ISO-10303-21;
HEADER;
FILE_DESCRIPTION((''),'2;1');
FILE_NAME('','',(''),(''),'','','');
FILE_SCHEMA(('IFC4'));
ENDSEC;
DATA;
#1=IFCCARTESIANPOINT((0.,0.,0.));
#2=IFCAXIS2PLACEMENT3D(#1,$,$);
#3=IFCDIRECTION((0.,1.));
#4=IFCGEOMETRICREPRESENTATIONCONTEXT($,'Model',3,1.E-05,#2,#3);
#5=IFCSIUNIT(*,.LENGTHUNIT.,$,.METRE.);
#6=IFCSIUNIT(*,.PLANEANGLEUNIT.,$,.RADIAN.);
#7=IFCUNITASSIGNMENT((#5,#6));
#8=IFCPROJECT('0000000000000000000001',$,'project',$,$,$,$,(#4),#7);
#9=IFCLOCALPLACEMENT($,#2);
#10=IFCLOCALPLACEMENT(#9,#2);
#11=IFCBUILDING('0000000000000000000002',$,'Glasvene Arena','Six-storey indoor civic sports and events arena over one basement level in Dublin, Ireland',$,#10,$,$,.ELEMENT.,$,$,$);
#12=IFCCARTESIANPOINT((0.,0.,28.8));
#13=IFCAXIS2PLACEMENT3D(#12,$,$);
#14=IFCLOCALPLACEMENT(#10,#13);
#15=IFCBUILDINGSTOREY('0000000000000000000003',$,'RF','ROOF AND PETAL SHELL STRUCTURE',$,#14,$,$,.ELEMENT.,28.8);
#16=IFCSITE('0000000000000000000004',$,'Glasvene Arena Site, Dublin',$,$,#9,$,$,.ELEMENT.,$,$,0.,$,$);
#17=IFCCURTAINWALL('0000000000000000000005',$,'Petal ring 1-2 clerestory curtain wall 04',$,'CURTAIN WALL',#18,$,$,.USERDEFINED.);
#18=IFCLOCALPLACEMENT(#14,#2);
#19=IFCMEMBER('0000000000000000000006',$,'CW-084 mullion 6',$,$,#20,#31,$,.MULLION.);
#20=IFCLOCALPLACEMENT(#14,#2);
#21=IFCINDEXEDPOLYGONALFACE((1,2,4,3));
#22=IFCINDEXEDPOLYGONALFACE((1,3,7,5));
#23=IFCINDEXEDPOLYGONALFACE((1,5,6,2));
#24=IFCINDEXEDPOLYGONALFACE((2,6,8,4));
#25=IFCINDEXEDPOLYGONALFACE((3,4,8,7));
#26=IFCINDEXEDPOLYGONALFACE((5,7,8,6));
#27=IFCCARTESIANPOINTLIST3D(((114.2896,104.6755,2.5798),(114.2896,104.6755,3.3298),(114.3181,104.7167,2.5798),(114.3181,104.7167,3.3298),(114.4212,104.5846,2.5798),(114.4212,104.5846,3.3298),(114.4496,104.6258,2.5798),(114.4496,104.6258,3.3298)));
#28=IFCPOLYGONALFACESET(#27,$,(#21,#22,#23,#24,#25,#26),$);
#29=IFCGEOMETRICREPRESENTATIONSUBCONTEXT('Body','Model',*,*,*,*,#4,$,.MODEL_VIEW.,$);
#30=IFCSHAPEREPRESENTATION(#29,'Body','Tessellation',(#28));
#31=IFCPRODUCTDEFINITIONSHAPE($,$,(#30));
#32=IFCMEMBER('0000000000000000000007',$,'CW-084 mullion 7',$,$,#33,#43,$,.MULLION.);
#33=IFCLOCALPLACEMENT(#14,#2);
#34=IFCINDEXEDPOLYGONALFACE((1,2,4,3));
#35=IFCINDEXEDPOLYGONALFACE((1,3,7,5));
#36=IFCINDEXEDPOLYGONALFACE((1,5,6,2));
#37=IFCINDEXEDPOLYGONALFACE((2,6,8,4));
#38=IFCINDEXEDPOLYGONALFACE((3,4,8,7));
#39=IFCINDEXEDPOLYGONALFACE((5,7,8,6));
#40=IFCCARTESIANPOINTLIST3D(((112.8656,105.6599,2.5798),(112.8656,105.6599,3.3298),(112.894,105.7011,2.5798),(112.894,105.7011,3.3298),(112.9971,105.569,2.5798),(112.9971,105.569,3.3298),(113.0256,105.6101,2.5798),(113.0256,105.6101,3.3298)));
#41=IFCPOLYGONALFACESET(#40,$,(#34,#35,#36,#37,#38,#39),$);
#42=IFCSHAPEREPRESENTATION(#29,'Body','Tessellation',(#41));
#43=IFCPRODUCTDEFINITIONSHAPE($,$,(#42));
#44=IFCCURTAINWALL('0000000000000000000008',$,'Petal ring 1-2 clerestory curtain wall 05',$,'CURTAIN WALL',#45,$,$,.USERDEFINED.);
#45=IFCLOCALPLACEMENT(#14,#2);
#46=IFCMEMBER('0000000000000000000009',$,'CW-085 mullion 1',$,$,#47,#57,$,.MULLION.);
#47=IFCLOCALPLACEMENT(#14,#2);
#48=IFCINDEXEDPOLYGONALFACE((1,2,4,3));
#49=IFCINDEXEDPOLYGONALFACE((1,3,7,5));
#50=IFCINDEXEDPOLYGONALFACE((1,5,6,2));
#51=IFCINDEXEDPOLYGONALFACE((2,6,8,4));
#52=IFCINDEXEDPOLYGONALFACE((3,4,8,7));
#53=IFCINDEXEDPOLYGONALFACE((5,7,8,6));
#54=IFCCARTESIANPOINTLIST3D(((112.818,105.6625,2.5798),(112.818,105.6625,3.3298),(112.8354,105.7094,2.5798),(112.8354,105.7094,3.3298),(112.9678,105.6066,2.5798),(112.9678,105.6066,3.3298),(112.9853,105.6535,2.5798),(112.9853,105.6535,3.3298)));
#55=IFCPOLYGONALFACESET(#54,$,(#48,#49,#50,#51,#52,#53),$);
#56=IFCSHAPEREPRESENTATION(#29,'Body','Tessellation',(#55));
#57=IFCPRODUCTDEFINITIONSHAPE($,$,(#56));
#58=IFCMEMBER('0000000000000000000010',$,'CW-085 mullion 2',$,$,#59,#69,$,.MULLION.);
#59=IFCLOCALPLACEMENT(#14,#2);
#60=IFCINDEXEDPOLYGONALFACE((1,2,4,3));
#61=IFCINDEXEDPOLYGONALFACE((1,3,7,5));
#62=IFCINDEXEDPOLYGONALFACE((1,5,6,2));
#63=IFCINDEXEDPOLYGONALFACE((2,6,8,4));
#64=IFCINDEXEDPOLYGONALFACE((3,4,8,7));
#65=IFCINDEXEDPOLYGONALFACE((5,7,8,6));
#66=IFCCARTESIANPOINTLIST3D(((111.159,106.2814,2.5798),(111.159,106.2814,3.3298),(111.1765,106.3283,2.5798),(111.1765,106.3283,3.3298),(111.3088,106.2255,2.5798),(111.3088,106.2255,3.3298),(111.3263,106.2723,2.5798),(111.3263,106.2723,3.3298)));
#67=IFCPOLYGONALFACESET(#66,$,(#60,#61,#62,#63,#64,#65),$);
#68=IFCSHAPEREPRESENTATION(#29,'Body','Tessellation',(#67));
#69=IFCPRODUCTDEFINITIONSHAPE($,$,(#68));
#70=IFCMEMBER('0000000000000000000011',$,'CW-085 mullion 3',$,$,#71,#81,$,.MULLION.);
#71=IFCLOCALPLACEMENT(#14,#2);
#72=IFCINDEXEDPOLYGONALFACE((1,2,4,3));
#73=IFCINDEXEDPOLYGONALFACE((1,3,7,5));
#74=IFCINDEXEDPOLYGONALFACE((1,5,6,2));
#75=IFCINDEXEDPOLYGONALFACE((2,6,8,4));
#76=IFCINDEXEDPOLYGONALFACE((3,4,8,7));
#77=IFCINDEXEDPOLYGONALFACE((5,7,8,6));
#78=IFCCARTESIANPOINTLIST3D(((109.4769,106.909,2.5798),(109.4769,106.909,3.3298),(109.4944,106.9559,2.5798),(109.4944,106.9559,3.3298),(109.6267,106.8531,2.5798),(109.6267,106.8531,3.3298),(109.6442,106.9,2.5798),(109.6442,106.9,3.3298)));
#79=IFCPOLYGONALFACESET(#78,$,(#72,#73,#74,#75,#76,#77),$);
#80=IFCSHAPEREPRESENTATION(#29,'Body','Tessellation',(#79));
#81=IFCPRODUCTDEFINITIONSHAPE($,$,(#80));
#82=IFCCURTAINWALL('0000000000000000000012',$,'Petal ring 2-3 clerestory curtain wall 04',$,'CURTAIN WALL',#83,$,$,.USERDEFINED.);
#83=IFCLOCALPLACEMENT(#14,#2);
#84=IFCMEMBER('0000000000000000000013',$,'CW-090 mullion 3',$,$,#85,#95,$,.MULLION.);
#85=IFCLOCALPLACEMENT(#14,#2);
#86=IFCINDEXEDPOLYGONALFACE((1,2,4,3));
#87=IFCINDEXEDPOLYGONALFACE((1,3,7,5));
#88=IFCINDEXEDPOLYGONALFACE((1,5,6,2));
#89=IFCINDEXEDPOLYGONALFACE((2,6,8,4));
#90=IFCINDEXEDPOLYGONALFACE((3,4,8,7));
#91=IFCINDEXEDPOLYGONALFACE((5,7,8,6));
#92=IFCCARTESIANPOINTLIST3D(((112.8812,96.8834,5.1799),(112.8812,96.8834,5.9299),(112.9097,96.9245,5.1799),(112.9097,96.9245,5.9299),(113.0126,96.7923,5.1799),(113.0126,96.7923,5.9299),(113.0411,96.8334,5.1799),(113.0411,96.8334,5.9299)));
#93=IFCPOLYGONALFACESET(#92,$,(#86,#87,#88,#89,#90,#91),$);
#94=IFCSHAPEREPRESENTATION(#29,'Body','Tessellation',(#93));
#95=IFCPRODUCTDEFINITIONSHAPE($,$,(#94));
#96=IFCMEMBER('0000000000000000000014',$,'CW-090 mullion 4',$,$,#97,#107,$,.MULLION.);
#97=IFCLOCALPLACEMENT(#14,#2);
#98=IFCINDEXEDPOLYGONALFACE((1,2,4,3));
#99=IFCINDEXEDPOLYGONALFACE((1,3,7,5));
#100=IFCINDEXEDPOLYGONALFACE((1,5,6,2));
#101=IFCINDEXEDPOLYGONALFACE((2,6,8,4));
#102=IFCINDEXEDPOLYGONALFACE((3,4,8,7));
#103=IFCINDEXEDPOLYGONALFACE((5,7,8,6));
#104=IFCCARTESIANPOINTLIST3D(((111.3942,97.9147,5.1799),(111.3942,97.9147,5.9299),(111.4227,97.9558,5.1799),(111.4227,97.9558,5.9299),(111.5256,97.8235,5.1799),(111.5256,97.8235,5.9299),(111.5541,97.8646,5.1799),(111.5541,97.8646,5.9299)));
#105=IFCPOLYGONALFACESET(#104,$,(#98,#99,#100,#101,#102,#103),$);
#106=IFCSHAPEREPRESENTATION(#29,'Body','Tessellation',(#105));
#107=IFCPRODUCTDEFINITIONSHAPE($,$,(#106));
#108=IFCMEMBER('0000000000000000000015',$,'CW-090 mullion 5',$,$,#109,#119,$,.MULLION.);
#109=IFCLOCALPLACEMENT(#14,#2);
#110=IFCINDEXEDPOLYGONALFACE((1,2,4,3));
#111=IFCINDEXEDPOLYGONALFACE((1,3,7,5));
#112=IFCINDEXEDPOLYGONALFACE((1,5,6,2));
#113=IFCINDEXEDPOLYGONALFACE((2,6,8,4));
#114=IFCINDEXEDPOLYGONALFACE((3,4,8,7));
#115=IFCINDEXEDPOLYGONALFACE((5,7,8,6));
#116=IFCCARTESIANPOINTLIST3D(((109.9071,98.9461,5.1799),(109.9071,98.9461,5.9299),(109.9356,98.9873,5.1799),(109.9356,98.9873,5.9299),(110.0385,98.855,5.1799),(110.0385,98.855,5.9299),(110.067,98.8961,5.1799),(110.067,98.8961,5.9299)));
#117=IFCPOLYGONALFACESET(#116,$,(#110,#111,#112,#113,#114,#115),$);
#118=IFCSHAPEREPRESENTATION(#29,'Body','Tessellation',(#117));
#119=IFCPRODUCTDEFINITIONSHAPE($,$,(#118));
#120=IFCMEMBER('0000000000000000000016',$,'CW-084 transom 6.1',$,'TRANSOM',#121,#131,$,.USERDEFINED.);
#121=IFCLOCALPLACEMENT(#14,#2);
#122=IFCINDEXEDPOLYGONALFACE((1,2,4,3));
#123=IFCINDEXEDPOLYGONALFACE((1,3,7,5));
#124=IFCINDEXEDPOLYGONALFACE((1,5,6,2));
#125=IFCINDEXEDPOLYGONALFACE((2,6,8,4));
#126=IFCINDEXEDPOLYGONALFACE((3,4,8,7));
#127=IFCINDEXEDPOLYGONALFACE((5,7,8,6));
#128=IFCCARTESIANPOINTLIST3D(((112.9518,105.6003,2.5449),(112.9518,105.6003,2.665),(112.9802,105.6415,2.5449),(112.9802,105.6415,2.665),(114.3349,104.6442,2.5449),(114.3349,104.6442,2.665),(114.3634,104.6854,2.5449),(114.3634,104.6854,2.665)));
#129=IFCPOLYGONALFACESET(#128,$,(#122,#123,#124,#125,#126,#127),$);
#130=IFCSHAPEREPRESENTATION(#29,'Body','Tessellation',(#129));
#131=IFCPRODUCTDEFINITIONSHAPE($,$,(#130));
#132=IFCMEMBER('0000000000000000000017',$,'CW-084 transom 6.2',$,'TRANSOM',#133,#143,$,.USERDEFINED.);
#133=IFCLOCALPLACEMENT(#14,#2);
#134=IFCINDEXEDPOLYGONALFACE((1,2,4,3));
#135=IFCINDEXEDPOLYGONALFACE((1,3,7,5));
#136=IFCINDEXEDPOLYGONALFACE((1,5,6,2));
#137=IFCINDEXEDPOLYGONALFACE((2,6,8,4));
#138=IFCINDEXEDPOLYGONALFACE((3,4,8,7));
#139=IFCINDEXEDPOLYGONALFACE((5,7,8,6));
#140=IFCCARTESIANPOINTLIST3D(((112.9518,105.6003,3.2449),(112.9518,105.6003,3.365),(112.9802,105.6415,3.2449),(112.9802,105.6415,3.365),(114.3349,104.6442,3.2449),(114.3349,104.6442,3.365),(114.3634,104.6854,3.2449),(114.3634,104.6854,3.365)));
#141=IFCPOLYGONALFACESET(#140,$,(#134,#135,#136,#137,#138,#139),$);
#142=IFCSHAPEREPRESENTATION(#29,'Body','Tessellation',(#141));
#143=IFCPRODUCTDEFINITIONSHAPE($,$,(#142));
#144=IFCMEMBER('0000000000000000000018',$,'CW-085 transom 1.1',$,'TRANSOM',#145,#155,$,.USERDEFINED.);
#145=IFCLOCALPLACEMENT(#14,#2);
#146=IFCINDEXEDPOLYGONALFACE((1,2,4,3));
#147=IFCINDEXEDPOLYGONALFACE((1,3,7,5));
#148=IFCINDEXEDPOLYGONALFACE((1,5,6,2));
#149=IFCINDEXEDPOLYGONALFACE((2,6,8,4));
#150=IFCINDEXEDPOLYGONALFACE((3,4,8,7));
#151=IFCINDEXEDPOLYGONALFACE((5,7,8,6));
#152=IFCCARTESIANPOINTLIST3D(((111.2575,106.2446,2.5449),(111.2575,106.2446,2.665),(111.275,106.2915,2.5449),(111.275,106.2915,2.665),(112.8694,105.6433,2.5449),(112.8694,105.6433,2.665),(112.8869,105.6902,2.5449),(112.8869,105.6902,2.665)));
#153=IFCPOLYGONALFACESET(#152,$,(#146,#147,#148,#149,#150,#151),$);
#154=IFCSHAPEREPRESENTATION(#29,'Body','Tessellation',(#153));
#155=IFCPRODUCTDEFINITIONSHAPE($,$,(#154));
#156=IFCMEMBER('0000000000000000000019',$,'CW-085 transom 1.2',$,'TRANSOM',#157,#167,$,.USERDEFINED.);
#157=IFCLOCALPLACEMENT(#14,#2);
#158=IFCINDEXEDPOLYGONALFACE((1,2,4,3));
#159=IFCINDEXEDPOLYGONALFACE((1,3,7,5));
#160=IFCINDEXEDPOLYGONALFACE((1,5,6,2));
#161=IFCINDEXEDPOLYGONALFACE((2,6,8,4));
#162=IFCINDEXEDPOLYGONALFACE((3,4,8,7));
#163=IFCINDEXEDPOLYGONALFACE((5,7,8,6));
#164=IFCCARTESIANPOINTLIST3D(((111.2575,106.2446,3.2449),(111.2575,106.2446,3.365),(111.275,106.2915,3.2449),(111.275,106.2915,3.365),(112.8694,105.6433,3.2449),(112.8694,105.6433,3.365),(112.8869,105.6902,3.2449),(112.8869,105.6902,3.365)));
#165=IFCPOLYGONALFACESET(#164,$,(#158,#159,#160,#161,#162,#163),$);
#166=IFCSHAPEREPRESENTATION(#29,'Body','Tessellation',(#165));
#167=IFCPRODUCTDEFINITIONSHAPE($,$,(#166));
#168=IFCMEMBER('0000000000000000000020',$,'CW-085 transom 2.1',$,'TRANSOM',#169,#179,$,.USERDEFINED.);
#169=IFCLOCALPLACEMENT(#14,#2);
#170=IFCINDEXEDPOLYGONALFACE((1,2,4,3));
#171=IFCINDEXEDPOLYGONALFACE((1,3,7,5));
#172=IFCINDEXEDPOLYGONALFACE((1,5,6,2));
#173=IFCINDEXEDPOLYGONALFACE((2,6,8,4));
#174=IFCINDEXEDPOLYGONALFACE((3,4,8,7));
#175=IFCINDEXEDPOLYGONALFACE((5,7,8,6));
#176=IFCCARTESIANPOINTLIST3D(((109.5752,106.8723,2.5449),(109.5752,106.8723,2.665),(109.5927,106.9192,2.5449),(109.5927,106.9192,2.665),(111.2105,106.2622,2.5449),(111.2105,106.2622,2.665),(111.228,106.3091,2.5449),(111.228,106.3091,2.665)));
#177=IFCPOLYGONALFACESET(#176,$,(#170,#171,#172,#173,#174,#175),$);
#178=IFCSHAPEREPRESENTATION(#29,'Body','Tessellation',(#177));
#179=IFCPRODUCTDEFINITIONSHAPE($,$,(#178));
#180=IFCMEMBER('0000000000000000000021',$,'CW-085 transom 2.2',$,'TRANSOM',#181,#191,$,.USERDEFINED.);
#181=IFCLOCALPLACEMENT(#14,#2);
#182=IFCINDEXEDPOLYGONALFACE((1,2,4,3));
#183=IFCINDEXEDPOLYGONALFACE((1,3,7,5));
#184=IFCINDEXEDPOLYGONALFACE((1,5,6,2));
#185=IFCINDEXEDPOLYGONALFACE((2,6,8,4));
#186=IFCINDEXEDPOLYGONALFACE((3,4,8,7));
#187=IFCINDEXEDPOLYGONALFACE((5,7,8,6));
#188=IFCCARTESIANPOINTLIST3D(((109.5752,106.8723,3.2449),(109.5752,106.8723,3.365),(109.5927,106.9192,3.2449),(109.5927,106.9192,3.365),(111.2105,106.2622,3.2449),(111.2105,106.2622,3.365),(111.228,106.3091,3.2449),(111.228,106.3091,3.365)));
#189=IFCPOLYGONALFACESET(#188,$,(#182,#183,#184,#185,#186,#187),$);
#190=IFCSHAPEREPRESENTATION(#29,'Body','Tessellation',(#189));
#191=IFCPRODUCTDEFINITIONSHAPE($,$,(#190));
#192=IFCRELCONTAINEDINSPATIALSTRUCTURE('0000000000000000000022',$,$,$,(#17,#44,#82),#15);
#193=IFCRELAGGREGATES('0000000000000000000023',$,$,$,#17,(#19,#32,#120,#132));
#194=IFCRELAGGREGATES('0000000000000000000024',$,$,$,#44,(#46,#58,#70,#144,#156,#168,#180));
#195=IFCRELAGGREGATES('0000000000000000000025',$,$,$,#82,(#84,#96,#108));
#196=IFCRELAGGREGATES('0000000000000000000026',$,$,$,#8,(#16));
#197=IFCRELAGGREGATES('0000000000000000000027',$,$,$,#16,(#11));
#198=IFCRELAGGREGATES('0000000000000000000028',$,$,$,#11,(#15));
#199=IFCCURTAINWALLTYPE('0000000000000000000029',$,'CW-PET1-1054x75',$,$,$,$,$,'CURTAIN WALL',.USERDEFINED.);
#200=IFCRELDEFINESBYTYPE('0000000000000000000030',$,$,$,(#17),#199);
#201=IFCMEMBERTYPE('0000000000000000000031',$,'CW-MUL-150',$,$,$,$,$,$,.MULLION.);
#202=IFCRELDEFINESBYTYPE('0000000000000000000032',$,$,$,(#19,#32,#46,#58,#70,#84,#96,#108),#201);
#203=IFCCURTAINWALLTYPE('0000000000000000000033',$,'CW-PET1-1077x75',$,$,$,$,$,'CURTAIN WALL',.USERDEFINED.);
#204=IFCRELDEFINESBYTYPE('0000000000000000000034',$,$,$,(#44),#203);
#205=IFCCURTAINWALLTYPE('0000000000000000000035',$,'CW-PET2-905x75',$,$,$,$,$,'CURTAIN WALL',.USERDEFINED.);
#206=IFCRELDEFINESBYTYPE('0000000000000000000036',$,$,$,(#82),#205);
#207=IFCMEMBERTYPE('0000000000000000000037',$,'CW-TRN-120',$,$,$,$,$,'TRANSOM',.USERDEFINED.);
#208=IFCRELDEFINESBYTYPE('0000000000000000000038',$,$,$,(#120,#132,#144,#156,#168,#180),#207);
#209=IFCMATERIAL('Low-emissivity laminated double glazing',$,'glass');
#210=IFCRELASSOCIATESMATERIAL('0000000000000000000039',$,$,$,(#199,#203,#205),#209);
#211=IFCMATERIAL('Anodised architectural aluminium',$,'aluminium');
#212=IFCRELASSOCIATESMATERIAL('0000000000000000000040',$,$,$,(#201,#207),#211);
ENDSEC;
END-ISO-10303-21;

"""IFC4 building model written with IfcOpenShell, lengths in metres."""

from ifc_helpers import new_model, si_unit, direction, frame, origin, origin_2d, place, context, subcontext, project, spatial, rectangle, extrude, material, material_profile, profile_set, type_object, element, aggregate, save


model = new_model("IFC4")

# Units and contexts
model_context = context("Model", 3, precision=1e-05, world=origin(), true_north=direction((0.0, 1.0)))
body_context = subcontext(model_context, "Body", "Model", "MODEL_VIEW")
ifc_project = project(units=[si_unit("LENGTHUNIT", "METRE"), si_unit("PLANEANGLEUNIT", "RADIAN")], contexts=[model_context])

# Site, building, storey
site_placement = place(None, origin())
site = spatial("IfcSite", under=ifc_project, at=site_placement, Name="Glasvene Arena Site, Dublin", CompositionType="ELEMENT", RefElevation=0.0)
building_placement = place(site_placement, origin())
building = spatial("IfcBuilding", under=site, at=building_placement, Name="Glasvene Arena", Description="Six-storey indoor civic sports and events arena over one basement level in Dublin, Ireland", CompositionType="ELEMENT")
storey_placement = place(building_placement, frame((0.0, 0.0, 28.8)))
storey = spatial("IfcBuildingStorey", under=building, at=storey_placement, Name="RF", Description="ROOF AND PETAL SHELL STRUCTURE", CompositionType="ELEMENT", Elevation=28.8)

# Curtain walls, members
ifc_material_1 = material(Name="Low-emissivity laminated double glazing", Category="glass")
curtain_wall_type_1 = type_object("IfcCurtainWallType", Name="CW-PET1-1054x75", ElementType="CURTAIN WALL", PredefinedType="USERDEFINED", material=ifc_material_1)
curtain_wall_1_placement = place(storey_placement, frame((121.5923, 99.658, 0.0)))
curtain_wall_1 = element("IfcCurtainWall", 1, at=curtain_wall_1_placement, inside=storey, type_object=curtain_wall_type_1, Name="Petal ring 1-2 clerestory curtain wall 04", ObjectType="CURTAIN WALL", PredefinedType="USERDEFINED")
ifc_material_2 = material(Name="Anodised architectural aluminium", Category="aluminium")
ifc_material_profile_1 = material_profile(ifc_material_2, rectangle(XDim=0.05, YDim=0.1599, at=origin_2d()), Name="ALU MULLION 50x160")
ifc_profile_set_1 = profile_set([ifc_material_profile_1], Name="Anodised architectural aluminium")
member_type_1 = type_object("IfcMemberType", Name="CW-MUL-150", PredefinedType="MULLION", material=ifc_profile_set_1)
member_1_placement = place(storey_placement, frame((114.3696, 104.6506, 2.5798), z_axis=(0.0, 0.0, 1.0), x_axis=(-0.568619, -0.822601, 0.0)))
member_1 = element("IfcMember", 2, at=member_1_placement, type_object=member_type_1, Name="CW-084 mullion 6", PredefinedType="MULLION", context=body_context, shape_type="SweptSolid", body=[
    extrude(rectangle(XDim=0.05, YDim=0.1599, at=origin_2d()), origin(), (0.0, 0.0, 1.0), 0.75),
])
member_2_placement = place(storey_placement, frame((112.9456, 105.635, 2.5798), z_axis=(0.0, 0.0, 1.0), x_axis=(-0.568619, -0.822601, 0.0)))
member_2 = element("IfcMember", 3, at=member_2_placement, type_object=member_type_1, Name="CW-084 mullion 7", PredefinedType="MULLION", context=body_context, shape_type="SweptSolid", body=[
    extrude(rectangle(XDim=0.05, YDim=0.1599, at=origin_2d()), origin(), (0.0, 0.0, 1.0), 0.75),
])
curtain_wall_type_2 = type_object("IfcCurtainWallType", Name="CW-PET1-1077x75", ElementType="CURTAIN WALL", PredefinedType="USERDEFINED", material=ifc_material_1)
curtain_wall_2_placement = place(storey_placement, frame((112.925, 105.6492, 0.0)))
curtain_wall_2 = element("IfcCurtainWall", 4, at=curtain_wall_2_placement, inside=storey, type_object=curtain_wall_type_2, Name="Petal ring 1-2 clerestory curtain wall 05", ObjectType="CURTAIN WALL", PredefinedType="USERDEFINED")
member_3_placement = place(storey_placement, frame((112.9016, 105.658, 2.5798), z_axis=(0.0, 0.0, 1.0), x_axis=(-0.349591, -0.936902, 0.0)))
member_3 = element("IfcMember", 5, at=member_3_placement, type_object=member_type_1, Name="CW-085 mullion 1", PredefinedType="MULLION", context=body_context, shape_type="SweptSolid", body=[
    extrude(rectangle(XDim=0.05, YDim=0.1599, at=origin_2d()), origin(), (0.0, 0.0, 1.0), 0.75),
])
member_4_placement = place(storey_placement, frame((111.2427, 106.2769, 2.5798), z_axis=(0.0, 0.0, 1.0), x_axis=(-0.349591, -0.936902, 0.0)))
member_4 = element("IfcMember", 6, at=member_4_placement, type_object=member_type_1, Name="CW-085 mullion 2", PredefinedType="MULLION", context=body_context, shape_type="SweptSolid", body=[
    extrude(rectangle(XDim=0.05, YDim=0.1599, at=origin_2d()), origin(), (0.0, 0.0, 1.0), 0.75),
])
member_5_placement = place(storey_placement, frame((109.5605, 106.9045, 2.5798), z_axis=(0.0, 0.0, 1.0), x_axis=(-0.349591, -0.936902, 0.0)))
member_5 = element("IfcMember", 7, at=member_5_placement, type_object=member_type_1, Name="CW-085 mullion 3", PredefinedType="MULLION", context=body_context, shape_type="SweptSolid", body=[
    extrude(rectangle(XDim=0.05, YDim=0.1599, at=origin_2d()), origin(), (0.0, 0.0, 1.0), 0.75),
])
curtain_wall_type_3 = type_object("IfcCurtainWallType", Name="CW-PET2-905x75", ElementType="CURTAIN WALL", PredefinedType="USERDEFINED", material=ifc_material_1)
curtain_wall_3_placement = place(storey_placement, frame((115.9351, 94.7957, 0.0)))
curtain_wall_3 = element("IfcCurtainWall", 8, at=curtain_wall_3_placement, inside=storey, type_object=curtain_wall_type_3, Name="Petal ring 2-3 clerestory curtain wall 04", ObjectType="CURTAIN WALL", PredefinedType="USERDEFINED")
member_6_placement = place(storey_placement, frame((112.9612, 96.8584, 5.1799), z_axis=(0.0, 0.0, 1.0), x_axis=(-0.569921, -0.821699, 0.0)))
member_6 = element("IfcMember", 9, at=member_6_placement, type_object=member_type_1, Name="CW-090 mullion 3", PredefinedType="MULLION", context=body_context, shape_type="SweptSolid", body=[
    extrude(rectangle(XDim=0.05, YDim=0.1599, at=origin_2d()), origin(), (0.0, 0.0, 1.0), 0.75),
])
member_7_placement = place(storey_placement, frame((111.4741, 97.8896, 5.1799), z_axis=(0.0, 0.0, 1.0), x_axis=(-0.569921, -0.821699, 0.0)))
member_7 = element("IfcMember", 10, at=member_7_placement, type_object=member_type_1, Name="CW-090 mullion 4", PredefinedType="MULLION", context=body_context, shape_type="SweptSolid", body=[
    extrude(rectangle(XDim=0.05, YDim=0.1599, at=origin_2d()), origin(), (0.0, 0.0, 1.0), 0.75),
])
member_8_placement = place(storey_placement, frame((109.9871, 98.9211, 5.1799), z_axis=(0.0, 0.0, 1.0), x_axis=(-0.569921, -0.821699, 0.0)))
member_8 = element("IfcMember", 11, at=member_8_placement, type_object=member_type_1, Name="CW-090 mullion 5", PredefinedType="MULLION", context=body_context, shape_type="SweptSolid", body=[
    extrude(rectangle(XDim=0.05, YDim=0.1599, at=origin_2d()), origin(), (0.0, 0.0, 1.0), 0.75),
])

# Members
ifc_material_profile_2 = material_profile(ifc_material_2, rectangle(XDim=0.05, YDim=0.1201, at=origin_2d()), Name="ALU TRANSOM 50x120")
ifc_profile_set_2 = profile_set([ifc_material_profile_2], Name="Anodised architectural aluminium")
member_type_2 = type_object("IfcMemberType", Name="CW-TRN-120", ElementType="TRANSOM", PredefinedType="USERDEFINED", material=ifc_profile_set_2)
member_9_placement = place(storey_placement, frame((114.3491, 104.6648, 2.605), z_axis=(-0.822594, 0.568628, 0.0), x_axis=(-0.568628, -0.822594, 0.0)))
member_9 = element("IfcMember", 12, at=member_9_placement, type_object=member_type_2, Name="CW-084 transom 6.1", ObjectType="TRANSOM", PredefinedType="USERDEFINED", context=body_context, shape_type="SweptSolid", body=[
    extrude(rectangle(XDim=0.05, YDim=0.1201, at=origin_2d()), origin(), (0.0, 0.0, 1.0), 1.6814),
])
member_10_placement = place(storey_placement, frame((114.3491, 104.6648, 3.3049), z_axis=(-0.822594, 0.568628, 0.0), x_axis=(-0.568628, -0.822594, 0.0)))
member_10 = element("IfcMember", 13, at=member_10_placement, type_object=member_type_2, Name="CW-084 transom 6.2", ObjectType="TRANSOM", PredefinedType="USERDEFINED", context=body_context, shape_type="SweptSolid", body=[
    extrude(rectangle(XDim=0.05, YDim=0.1201, at=origin_2d()), origin(), (0.0, 0.0, 1.0), 1.6814),
])
member_11_placement = place(storey_placement, frame((112.8782, 105.6667, 2.605), z_axis=(-0.93694, 0.34949, 0.0), x_axis=(-0.34949, -0.93694, 0.0)))
member_11 = element("IfcMember", 14, at=member_11_placement, type_object=member_type_2, Name="CW-085 transom 1.1", ObjectType="TRANSOM", PredefinedType="USERDEFINED", context=body_context, shape_type="SweptSolid", body=[
    extrude(rectangle(XDim=0.05, YDim=0.1201, at=origin_2d()), origin(), (0.0, 0.0, 1.0), 1.7205),
])
member_12_placement = place(storey_placement, frame((112.8782, 105.6667, 3.3049), z_axis=(-0.93694, 0.34949, 0.0), x_axis=(-0.34949, -0.93694, 0.0)))
member_12 = element("IfcMember", 15, at=member_12_placement, type_object=member_type_2, Name="CW-085 transom 1.2", ObjectType="TRANSOM", PredefinedType="USERDEFINED", context=body_context, shape_type="SweptSolid", body=[
    extrude(rectangle(XDim=0.05, YDim=0.1201, at=origin_2d()), origin(), (0.0, 0.0, 1.0), 1.7205),
])
member_13_placement = place(storey_placement, frame((111.2192, 106.2856, 2.605), z_axis=(-0.936914, 0.349559, 0.0), x_axis=(-0.349559, -0.936914, 0.0)))
member_13 = element("IfcMember", 16, at=member_13_placement, type_object=member_type_2, Name="CW-085 transom 2.1", ObjectType="TRANSOM", PredefinedType="USERDEFINED", context=body_context, shape_type="SweptSolid", body=[
    extrude(rectangle(XDim=0.05, YDim=0.1201, at=origin_2d()), origin(), (0.0, 0.0, 1.0), 1.7454),
])
member_14_placement = place(storey_placement, frame((111.2192, 106.2856, 3.3049), z_axis=(-0.936914, 0.349559, 0.0), x_axis=(-0.349559, -0.936914, 0.0)))
member_14 = element("IfcMember", 17, at=member_14_placement, type_object=member_type_2, Name="CW-085 transom 2.2", ObjectType="TRANSOM", PredefinedType="USERDEFINED", context=body_context, shape_type="SweptSolid", body=[
    extrude(rectangle(XDim=0.05, YDim=0.1201, at=origin_2d()), origin(), (0.0, 0.0, 1.0), 1.7454),
])

aggregate(curtain_wall_1, [member_1, member_2, member_9, member_10])
aggregate(curtain_wall_2, [member_3, member_4, member_5, member_11, member_12, member_13, member_14])
aggregate(curtain_wall_3, [member_6, member_7, member_8])

save(model, "model.ifc")
